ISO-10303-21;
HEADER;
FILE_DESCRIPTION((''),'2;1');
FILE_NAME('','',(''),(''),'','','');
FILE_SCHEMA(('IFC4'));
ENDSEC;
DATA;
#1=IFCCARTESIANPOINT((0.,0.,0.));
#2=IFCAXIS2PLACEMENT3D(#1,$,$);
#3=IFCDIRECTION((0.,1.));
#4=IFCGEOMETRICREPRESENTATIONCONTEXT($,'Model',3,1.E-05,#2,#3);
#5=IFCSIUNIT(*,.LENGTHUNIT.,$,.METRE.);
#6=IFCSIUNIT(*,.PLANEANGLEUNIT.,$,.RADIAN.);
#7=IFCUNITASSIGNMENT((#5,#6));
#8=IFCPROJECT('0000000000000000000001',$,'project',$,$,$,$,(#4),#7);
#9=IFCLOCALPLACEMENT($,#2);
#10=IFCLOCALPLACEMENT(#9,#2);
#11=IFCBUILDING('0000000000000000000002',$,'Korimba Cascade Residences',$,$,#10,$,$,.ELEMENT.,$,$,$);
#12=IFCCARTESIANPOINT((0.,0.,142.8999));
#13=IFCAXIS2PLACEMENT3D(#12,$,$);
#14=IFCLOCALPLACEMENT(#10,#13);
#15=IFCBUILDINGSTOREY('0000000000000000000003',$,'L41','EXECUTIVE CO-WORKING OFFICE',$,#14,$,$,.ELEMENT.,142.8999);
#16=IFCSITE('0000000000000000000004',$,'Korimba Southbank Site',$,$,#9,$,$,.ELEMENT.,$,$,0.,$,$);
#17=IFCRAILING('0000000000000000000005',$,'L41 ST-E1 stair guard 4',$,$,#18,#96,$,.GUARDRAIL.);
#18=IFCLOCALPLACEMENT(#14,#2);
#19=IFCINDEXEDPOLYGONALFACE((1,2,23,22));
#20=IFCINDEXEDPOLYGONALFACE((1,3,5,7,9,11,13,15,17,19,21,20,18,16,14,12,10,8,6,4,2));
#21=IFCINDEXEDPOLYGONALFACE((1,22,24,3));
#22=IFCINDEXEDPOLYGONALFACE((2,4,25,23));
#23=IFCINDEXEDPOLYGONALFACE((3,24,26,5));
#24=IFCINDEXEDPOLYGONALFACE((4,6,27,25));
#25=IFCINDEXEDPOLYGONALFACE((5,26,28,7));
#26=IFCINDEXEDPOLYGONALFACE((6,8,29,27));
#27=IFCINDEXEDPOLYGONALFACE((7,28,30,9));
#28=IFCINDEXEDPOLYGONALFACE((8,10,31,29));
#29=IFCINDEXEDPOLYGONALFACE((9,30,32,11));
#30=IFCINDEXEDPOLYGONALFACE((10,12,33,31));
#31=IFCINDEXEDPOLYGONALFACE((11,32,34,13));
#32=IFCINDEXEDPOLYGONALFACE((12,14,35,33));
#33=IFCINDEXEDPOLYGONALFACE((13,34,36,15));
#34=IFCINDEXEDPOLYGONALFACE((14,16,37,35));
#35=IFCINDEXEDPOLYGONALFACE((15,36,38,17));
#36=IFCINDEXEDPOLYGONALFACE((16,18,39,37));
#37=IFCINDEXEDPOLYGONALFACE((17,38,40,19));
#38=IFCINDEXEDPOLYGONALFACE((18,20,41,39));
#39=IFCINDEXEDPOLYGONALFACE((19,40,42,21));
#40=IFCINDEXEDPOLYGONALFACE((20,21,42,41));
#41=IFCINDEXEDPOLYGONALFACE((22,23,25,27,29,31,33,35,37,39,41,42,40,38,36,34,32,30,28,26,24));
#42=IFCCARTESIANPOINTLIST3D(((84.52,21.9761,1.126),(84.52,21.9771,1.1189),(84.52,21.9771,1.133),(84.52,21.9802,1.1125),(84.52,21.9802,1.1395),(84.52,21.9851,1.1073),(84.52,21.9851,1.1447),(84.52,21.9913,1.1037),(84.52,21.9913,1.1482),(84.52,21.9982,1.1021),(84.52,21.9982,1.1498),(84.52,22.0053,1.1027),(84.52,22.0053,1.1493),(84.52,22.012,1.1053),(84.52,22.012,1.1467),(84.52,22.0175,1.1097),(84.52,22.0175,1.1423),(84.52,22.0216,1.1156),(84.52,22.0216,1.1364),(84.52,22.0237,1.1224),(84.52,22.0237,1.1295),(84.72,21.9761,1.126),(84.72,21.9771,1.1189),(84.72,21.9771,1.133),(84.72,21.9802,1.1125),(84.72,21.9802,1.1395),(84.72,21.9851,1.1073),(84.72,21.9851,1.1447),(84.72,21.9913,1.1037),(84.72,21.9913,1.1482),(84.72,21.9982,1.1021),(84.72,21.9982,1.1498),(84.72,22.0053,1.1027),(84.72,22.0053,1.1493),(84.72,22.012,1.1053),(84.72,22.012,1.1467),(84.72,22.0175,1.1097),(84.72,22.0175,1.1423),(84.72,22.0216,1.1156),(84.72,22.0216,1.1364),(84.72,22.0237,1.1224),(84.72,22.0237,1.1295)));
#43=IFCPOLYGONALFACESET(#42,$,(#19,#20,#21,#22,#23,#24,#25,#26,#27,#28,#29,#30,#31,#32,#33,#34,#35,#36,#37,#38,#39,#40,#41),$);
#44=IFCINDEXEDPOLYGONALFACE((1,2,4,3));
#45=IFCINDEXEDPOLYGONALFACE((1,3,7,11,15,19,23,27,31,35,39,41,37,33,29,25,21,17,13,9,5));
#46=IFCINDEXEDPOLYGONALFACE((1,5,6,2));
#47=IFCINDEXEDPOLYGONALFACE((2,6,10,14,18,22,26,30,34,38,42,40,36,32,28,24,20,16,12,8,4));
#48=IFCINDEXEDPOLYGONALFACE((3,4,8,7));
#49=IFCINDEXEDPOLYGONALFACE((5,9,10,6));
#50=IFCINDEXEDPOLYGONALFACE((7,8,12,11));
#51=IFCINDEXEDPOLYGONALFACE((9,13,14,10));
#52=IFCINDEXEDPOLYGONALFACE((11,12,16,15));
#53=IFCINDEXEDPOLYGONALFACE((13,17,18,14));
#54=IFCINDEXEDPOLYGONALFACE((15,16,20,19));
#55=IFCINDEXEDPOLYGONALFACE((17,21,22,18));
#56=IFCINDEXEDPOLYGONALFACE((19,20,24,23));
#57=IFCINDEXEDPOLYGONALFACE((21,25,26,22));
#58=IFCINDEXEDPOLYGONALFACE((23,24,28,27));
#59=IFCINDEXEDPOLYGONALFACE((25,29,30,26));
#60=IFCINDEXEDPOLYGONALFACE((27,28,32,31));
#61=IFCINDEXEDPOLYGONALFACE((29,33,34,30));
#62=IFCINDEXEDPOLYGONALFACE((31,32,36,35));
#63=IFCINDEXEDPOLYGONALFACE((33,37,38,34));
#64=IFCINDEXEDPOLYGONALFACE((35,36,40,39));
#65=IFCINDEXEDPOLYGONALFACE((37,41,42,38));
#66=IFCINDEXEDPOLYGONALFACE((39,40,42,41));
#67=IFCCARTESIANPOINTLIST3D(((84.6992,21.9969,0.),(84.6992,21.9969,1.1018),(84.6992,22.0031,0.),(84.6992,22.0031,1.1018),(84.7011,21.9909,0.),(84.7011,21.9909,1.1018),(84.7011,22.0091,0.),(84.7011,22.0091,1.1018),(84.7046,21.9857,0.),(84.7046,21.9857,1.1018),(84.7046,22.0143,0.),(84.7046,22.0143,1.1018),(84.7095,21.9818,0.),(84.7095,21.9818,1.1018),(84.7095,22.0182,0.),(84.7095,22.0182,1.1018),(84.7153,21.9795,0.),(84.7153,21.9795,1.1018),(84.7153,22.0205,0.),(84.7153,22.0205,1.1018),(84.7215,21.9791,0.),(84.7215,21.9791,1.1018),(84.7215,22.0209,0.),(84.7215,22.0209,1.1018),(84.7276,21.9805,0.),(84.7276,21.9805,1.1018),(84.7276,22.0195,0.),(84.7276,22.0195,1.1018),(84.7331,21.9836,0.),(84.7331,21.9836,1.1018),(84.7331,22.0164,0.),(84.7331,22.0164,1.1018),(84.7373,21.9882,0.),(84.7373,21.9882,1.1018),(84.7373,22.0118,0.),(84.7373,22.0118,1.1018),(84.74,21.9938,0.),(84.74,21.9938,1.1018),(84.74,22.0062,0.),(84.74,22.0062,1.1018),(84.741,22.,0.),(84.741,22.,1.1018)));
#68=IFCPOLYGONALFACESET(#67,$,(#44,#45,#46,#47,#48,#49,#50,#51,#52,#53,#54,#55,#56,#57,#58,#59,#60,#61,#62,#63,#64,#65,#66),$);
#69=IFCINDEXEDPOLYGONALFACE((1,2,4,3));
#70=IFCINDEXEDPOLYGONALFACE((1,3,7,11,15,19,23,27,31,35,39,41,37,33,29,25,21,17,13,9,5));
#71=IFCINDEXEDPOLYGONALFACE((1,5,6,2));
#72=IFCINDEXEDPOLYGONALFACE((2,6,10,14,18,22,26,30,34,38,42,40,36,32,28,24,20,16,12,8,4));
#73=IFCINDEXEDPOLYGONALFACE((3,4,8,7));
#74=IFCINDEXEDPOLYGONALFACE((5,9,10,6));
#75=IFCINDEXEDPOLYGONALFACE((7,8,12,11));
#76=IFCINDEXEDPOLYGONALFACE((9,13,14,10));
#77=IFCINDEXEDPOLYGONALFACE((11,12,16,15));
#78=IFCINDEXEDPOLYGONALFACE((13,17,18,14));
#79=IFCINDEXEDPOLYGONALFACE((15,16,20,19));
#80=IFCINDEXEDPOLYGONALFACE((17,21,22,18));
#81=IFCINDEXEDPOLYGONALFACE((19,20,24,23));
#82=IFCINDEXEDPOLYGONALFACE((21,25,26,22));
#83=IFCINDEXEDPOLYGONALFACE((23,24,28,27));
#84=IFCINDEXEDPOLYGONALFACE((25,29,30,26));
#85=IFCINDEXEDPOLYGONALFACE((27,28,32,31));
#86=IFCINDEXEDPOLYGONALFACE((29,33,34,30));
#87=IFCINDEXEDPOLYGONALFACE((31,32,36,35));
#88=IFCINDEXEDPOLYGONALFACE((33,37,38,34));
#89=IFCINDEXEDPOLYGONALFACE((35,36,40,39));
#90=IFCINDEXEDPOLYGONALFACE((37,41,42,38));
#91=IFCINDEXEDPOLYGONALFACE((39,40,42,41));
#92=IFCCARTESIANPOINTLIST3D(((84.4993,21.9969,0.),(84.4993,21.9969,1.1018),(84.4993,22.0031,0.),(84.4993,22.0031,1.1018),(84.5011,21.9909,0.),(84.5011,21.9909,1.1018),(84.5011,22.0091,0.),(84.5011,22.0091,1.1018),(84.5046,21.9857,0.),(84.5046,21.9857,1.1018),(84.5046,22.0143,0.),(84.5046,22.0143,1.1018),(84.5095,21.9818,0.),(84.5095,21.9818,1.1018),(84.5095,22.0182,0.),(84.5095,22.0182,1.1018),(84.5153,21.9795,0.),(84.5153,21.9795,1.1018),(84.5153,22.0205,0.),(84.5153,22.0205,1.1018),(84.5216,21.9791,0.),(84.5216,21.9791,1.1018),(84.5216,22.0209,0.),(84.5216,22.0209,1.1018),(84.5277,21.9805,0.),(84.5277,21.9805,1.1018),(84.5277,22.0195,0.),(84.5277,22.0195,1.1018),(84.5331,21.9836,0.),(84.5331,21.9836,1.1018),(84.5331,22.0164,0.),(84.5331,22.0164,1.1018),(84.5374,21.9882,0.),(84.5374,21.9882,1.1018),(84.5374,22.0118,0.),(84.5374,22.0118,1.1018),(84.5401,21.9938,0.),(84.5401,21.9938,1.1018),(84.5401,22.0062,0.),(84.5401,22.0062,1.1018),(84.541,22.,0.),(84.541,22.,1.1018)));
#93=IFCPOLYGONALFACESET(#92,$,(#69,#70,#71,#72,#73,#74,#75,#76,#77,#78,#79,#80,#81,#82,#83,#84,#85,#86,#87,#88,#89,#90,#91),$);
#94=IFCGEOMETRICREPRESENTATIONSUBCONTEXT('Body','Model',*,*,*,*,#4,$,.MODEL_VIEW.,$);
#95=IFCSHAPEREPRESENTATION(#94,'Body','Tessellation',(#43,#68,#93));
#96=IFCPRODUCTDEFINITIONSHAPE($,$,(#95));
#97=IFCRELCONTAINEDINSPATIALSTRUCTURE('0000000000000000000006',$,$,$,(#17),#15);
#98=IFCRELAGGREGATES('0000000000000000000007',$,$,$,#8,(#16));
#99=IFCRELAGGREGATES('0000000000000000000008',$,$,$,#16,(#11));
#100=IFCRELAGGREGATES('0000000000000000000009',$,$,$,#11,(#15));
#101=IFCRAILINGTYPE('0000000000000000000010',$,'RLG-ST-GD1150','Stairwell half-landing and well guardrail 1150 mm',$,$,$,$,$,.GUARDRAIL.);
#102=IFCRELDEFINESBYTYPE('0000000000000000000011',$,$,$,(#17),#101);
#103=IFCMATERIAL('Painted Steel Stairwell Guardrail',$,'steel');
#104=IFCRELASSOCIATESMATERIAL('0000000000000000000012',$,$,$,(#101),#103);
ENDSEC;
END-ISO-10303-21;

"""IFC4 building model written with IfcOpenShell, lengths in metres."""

from ifc_helpers import new_model, si_unit, direction, frame, origin, origin_2d, place, context, subcontext, project, spatial, circle, extrude, material, type_object, element, save


model = new_model("IFC4")

# Units and contexts
model_context = context("Model", 3, precision=1e-05, world=origin(), true_north=direction((0.0, 1.0)))
body_context = subcontext(model_context, "Body", "Model", "MODEL_VIEW")
ifc_project = project(units=[si_unit("LENGTHUNIT", "METRE"), si_unit("PLANEANGLEUNIT", "RADIAN")], contexts=[model_context])

# Site, building, storey
site_placement = place(None, origin())
site = spatial("IfcSite", under=ifc_project, at=site_placement, Name="Korimba Southbank Site", CompositionType="ELEMENT", RefElevation=0.0)
building_placement = place(site_placement, origin())
building = spatial("IfcBuilding", under=site, at=building_placement, Name="Korimba Cascade Residences", CompositionType="ELEMENT")
storey_placement = place(building_placement, frame((0.0, 0.0, 142.8999)))
storey = spatial("IfcBuildingStorey", under=building, at=storey_placement, Name="L41", Description="EXECUTIVE CO-WORKING OFFICE", CompositionType="ELEMENT", Elevation=142.8999)

# Railing
ifc_material_1 = material(Name="Painted Steel Stairwell Guardrail", Category="steel")
railing_type_1 = type_object("IfcRailingType", Name="RLG-ST-GD1150", Description="Stairwell half-landing and well guardrail 1150 mm", PredefinedType="GUARDRAIL", material=ifc_material_1)
railing_1_placement = place(storey_placement, frame((84.72, 22.0, 0.0)))
element("IfcRailing", 1, at=railing_1_placement, inside=storey, type_object=railing_type_1, Name="L41 ST-E1 stair guard 4", PredefinedType="GUARDRAIL", context=body_context, shape_type="SweptSolid", body=[
    extrude(circle(Radius=0.0239, at=origin_2d()), frame((0.0, 0.0, 1.126), z_axis=(-1.0, 0.0, 0.0), x_axis=(0.0, -1.0, 0.0)), (0.0, 0.0, 1.0), 0.2),
    extrude(circle(Radius=0.021, at=origin_2d()), origin(), (0.0, 0.0, 1.0), 1.1018),
    extrude(circle(Radius=0.021, at=origin_2d()), frame((-0.2, 0.0, 0.0)), (0.0, 0.0, 1.0), 1.1018),
])

save(model, "model.ifc")
